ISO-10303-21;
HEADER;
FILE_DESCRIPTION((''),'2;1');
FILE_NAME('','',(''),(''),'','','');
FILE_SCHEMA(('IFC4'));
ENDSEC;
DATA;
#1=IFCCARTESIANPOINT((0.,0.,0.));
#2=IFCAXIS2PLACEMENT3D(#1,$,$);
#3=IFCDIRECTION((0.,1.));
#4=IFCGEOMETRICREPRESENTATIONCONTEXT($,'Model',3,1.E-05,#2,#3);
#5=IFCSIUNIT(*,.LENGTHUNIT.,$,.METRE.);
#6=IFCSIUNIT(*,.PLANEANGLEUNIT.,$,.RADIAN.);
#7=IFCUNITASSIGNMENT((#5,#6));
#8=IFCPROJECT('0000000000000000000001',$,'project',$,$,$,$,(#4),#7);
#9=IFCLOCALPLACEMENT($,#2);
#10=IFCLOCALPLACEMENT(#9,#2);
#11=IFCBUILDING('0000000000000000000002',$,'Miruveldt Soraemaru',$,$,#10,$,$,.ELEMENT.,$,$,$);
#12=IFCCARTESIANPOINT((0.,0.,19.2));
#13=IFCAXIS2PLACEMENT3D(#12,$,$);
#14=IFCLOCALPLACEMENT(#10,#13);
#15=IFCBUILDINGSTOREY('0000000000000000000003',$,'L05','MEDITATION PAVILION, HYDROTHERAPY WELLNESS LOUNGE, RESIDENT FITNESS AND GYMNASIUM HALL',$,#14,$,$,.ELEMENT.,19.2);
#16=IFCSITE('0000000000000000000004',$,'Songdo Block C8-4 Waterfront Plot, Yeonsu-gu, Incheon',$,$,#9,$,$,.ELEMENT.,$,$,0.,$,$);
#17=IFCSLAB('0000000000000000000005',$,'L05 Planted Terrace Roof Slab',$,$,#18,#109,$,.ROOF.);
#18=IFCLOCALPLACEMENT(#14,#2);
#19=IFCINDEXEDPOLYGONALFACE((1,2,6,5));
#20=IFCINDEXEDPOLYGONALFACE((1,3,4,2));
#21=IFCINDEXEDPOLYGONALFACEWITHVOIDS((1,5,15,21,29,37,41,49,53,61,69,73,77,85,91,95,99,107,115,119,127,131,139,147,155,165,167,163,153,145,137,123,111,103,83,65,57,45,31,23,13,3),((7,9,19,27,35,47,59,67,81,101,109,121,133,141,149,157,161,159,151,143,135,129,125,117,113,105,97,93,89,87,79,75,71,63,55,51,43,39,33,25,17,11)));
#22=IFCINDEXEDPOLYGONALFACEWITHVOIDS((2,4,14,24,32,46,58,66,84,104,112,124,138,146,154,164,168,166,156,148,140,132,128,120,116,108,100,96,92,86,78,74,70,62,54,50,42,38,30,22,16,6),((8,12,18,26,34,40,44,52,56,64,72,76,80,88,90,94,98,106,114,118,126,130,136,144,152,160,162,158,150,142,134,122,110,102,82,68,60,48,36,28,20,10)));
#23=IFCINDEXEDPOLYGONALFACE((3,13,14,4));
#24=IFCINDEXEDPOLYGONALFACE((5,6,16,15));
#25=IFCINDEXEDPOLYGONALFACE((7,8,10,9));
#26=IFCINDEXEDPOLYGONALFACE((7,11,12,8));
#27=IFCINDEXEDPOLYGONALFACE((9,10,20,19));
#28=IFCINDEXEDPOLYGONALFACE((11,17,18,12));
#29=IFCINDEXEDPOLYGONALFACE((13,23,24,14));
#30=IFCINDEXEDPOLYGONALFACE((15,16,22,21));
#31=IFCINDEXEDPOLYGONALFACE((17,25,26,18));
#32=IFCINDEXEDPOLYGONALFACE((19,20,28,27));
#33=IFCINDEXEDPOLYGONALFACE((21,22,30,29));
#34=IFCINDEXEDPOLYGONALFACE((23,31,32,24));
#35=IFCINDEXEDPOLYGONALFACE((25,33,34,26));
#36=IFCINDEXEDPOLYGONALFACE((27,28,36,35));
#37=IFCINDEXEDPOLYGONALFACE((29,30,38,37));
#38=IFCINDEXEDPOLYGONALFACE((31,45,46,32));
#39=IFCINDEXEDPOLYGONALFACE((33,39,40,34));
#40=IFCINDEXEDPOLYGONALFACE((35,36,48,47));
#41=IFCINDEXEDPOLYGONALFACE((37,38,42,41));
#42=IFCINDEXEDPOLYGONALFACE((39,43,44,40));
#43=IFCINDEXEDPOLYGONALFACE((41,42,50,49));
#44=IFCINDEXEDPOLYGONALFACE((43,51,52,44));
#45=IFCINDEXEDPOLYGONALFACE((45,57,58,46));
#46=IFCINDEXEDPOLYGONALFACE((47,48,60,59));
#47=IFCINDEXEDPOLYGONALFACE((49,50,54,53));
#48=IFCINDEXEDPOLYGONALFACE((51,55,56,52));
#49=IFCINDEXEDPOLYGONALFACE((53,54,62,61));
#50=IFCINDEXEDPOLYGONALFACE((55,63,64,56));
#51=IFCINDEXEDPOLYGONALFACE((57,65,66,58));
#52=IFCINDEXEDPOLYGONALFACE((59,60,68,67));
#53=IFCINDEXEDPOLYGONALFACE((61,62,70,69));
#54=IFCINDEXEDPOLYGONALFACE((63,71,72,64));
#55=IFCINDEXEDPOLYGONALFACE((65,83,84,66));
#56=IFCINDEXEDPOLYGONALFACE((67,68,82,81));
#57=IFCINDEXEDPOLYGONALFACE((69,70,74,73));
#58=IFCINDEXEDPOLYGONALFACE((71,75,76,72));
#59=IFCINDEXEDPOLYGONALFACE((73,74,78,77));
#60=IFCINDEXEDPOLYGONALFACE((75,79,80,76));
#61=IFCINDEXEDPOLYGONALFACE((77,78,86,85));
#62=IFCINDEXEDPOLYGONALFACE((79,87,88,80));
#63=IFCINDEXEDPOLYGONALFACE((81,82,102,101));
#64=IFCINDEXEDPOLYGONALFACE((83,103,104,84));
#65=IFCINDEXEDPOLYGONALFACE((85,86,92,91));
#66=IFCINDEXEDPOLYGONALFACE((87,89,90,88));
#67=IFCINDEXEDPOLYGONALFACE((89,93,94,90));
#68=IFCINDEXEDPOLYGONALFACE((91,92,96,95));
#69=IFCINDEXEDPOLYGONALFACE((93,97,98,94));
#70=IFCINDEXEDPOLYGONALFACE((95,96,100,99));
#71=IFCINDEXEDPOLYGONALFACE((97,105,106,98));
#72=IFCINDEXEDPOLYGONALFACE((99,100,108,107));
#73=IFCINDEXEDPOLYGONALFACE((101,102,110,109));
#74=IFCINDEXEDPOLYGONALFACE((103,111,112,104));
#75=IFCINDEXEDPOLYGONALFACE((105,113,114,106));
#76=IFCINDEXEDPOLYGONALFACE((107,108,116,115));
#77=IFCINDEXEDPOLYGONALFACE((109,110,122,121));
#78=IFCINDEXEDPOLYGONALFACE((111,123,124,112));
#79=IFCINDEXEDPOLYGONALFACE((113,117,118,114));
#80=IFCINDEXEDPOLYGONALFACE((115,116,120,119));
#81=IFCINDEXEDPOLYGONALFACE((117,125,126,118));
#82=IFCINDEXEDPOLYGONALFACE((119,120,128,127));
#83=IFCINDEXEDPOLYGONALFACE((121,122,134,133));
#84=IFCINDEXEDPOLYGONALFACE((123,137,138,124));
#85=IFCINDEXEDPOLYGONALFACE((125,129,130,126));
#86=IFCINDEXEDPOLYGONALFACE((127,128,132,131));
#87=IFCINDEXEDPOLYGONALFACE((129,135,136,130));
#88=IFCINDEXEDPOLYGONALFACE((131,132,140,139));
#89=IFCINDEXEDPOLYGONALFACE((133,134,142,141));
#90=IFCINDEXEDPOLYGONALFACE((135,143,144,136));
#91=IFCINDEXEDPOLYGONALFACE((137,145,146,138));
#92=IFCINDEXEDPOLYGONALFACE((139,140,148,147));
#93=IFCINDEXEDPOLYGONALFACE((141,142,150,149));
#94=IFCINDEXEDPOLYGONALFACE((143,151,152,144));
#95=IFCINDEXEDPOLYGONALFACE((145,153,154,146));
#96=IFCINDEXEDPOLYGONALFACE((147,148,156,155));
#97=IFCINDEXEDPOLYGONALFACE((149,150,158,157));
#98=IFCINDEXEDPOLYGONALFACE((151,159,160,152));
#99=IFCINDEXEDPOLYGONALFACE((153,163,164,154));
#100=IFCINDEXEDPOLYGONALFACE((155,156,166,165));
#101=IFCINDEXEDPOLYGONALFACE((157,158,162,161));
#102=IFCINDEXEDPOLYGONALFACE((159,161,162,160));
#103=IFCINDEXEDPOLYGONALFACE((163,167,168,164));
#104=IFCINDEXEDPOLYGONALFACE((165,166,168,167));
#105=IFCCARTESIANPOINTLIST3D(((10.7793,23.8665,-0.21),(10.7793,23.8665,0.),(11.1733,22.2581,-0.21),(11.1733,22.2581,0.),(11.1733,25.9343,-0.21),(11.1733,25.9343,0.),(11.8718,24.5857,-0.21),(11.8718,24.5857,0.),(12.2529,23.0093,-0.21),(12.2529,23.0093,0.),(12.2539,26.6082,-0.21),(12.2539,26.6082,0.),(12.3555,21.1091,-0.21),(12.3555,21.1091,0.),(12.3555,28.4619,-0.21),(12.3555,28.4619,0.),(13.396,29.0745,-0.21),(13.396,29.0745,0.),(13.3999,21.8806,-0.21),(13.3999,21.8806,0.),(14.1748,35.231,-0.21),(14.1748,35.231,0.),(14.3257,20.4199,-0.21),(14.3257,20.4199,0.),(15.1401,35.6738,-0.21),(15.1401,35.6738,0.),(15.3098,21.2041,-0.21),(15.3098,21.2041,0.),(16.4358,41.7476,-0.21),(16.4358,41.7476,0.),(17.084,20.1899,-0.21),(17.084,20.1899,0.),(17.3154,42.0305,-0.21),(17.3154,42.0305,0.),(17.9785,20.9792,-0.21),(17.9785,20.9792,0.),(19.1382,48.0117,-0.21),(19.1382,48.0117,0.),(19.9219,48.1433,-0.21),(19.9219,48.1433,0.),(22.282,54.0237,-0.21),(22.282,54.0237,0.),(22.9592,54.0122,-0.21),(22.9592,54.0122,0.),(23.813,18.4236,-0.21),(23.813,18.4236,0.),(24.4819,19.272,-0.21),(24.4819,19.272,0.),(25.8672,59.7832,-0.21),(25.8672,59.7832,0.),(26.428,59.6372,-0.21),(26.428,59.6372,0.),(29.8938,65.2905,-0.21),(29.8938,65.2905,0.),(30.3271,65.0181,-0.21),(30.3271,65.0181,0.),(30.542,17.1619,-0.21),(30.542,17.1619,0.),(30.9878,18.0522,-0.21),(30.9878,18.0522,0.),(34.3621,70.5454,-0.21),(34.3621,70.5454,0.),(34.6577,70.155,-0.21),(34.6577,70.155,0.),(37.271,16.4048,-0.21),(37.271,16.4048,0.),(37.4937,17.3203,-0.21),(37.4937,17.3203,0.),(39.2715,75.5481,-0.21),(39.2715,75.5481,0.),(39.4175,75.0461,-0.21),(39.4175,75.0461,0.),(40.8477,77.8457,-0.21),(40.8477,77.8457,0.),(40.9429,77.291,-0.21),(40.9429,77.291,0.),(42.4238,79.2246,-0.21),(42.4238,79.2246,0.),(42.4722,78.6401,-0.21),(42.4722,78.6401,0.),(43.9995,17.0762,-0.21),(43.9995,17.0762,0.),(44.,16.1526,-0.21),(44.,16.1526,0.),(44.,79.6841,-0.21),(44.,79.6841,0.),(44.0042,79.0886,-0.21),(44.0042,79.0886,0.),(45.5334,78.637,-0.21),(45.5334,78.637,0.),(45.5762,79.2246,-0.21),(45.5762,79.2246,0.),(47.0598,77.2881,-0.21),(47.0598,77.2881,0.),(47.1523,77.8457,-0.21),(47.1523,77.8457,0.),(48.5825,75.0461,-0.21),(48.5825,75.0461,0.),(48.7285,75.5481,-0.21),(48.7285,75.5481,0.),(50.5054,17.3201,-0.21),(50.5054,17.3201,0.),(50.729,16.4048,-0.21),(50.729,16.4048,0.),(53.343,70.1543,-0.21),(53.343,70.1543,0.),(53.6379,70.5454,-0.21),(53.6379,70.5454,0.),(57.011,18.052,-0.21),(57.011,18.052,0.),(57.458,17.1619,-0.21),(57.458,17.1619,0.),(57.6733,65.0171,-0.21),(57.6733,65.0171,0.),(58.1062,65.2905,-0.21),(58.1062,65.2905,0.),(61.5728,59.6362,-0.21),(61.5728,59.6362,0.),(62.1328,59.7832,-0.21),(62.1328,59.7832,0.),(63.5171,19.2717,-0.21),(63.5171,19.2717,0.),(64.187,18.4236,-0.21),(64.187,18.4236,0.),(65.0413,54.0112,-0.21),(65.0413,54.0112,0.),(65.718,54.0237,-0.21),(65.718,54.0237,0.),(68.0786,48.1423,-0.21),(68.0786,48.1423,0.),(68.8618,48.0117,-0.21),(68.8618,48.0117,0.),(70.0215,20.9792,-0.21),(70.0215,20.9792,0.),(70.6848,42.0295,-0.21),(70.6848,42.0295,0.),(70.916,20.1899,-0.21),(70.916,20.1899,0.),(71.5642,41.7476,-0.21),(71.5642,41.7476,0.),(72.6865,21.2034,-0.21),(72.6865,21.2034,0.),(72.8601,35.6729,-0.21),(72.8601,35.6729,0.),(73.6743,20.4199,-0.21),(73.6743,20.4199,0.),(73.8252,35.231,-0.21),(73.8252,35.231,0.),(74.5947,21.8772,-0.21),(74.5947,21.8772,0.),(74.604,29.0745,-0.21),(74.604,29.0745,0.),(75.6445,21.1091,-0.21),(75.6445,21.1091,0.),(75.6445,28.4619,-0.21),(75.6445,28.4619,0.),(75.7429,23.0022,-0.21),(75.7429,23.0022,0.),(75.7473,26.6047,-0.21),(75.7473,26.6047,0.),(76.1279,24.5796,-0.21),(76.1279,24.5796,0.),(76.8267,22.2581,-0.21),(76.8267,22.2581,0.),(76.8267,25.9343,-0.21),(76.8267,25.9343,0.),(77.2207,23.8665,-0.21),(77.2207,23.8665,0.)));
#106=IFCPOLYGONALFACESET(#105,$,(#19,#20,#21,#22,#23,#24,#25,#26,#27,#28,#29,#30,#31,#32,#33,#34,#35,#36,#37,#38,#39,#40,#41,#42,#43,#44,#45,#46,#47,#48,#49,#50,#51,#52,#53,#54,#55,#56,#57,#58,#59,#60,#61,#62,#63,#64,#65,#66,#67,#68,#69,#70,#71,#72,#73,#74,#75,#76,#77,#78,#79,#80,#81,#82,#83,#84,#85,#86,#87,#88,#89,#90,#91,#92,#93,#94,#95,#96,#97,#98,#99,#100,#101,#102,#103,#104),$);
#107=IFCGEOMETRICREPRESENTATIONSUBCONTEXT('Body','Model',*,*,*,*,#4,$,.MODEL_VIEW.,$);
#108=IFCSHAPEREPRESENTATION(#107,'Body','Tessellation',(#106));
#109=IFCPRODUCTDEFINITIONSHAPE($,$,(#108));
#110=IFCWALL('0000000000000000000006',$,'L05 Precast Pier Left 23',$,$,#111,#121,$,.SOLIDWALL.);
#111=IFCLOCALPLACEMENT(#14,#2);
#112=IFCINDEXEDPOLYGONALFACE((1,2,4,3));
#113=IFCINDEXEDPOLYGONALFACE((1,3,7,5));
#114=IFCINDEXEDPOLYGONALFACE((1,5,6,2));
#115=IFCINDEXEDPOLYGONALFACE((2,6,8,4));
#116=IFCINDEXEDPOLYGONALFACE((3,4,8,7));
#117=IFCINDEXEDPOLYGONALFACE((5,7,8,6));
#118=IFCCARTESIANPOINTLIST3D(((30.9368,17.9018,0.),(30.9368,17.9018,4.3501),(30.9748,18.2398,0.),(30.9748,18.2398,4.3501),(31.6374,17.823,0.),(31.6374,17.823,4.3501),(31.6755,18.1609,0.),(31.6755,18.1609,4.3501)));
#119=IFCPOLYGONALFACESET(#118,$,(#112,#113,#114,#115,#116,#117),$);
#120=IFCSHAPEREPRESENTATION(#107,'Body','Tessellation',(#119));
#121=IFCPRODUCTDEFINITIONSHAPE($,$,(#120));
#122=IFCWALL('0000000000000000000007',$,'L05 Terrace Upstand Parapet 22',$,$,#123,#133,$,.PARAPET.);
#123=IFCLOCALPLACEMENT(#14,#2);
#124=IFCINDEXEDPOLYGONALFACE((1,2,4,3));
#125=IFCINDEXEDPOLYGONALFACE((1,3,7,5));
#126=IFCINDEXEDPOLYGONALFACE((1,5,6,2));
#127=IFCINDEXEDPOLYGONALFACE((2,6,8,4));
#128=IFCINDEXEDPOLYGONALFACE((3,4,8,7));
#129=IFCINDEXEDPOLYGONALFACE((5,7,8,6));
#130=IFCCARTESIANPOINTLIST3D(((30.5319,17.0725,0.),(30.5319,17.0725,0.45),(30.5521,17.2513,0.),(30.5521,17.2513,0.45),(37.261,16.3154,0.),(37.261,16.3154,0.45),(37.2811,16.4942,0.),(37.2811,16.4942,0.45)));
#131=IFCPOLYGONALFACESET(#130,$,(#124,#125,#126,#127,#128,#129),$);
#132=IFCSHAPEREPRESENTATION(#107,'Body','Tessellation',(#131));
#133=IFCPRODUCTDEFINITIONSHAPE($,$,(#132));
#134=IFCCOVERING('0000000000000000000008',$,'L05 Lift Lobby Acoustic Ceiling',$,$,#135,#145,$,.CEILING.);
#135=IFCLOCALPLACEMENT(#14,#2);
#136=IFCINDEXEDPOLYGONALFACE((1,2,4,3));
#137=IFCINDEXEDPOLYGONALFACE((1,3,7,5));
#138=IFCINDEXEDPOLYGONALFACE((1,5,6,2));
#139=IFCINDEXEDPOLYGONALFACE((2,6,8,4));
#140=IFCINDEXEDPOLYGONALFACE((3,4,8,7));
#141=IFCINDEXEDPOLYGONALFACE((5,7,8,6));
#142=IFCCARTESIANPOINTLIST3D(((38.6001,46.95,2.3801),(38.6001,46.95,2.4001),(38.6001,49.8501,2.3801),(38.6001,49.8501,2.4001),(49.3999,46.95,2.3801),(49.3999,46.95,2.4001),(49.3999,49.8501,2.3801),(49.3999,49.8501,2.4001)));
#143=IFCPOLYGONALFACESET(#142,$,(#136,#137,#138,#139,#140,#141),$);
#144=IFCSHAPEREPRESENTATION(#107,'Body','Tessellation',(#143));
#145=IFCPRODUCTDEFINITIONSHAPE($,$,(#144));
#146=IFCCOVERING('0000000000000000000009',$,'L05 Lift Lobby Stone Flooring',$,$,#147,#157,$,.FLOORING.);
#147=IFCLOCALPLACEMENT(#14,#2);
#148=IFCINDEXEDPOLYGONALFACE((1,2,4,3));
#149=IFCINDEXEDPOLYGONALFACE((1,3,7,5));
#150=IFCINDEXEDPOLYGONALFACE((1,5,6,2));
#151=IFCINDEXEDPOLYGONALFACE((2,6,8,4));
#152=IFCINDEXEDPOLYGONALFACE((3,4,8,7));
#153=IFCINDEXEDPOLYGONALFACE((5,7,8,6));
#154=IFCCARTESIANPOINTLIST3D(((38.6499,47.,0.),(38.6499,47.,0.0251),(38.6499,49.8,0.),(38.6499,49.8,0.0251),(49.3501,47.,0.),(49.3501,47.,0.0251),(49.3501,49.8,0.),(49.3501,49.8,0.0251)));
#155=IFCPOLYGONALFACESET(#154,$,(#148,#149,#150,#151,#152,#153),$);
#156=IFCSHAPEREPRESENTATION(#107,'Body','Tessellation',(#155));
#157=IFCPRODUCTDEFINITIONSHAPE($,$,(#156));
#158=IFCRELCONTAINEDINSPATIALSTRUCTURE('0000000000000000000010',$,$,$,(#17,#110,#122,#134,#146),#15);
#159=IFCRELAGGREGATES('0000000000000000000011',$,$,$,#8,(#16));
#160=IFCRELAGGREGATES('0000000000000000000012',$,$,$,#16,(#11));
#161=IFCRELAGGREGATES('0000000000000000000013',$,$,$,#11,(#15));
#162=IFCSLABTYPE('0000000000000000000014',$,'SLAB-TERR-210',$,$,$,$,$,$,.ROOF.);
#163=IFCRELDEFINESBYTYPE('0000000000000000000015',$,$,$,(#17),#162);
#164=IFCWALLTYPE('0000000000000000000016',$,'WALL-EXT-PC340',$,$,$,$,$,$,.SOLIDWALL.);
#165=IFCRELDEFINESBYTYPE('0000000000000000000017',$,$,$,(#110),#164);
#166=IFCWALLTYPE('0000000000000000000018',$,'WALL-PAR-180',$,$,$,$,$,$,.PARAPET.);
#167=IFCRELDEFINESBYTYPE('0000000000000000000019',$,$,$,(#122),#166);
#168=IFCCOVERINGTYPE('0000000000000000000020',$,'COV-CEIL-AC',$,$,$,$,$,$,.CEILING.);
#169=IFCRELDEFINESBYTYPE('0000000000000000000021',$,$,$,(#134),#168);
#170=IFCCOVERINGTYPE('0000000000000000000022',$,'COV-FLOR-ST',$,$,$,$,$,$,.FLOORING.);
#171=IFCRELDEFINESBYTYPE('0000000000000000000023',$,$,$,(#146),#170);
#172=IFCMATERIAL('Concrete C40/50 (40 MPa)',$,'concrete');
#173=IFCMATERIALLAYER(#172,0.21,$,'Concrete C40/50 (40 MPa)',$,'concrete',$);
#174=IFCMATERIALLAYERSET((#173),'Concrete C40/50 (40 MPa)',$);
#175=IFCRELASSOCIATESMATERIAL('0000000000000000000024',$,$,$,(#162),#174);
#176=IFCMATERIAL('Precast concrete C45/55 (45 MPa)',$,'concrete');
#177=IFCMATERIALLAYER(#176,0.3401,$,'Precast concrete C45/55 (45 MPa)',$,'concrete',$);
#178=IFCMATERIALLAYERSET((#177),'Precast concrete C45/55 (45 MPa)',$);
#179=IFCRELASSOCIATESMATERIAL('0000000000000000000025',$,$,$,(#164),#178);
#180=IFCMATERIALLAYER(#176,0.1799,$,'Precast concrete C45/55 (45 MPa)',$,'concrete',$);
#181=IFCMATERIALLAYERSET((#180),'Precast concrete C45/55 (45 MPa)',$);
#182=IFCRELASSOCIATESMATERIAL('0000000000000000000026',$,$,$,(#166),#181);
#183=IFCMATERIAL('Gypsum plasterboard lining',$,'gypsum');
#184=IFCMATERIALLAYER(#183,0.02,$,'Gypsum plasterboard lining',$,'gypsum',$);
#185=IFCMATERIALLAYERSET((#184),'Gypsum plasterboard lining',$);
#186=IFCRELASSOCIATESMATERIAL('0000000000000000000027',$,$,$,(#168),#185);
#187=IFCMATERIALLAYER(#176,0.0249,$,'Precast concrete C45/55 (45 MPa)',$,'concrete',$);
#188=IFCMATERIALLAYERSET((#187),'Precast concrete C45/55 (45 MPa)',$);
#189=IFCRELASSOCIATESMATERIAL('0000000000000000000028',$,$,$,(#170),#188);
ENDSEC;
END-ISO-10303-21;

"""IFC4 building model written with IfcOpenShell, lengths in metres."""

from ifc_helpers import new_model, si_unit, direction, frame, frame_2d, origin, place, context, subcontext, project, spatial, polyline, rectangle, outline, extrude, material, layer, layer_set, type_object, element, save


model = new_model("IFC4")

# Units and contexts
model_context = context("Model", 3, precision=1e-05, world=origin(), true_north=direction((0.0, 1.0)))
body_context = subcontext(model_context, "Body", "Model", "MODEL_VIEW")
ifc_project = project(units=[si_unit("LENGTHUNIT", "METRE"), si_unit("PLANEANGLEUNIT", "RADIAN")], contexts=[model_context])

# Site, building, storey
site_placement = place(None, origin())
site = spatial("IfcSite", under=ifc_project, at=site_placement, Name="Songdo Block C8-4 Waterfront Plot, Yeonsu-gu, Incheon", CompositionType="ELEMENT", RefElevation=0.0)
building_placement = place(site_placement, origin())
building = spatial("IfcBuilding", under=site, at=building_placement, Name="Miruveldt Soraemaru", CompositionType="ELEMENT")
storey_placement = place(building_placement, frame((0.0, 0.0, 19.2)))
storey = spatial("IfcBuildingStorey", under=building, at=storey_placement, Name="L05", Description="MEDITATION PAVILION, HYDROTHERAPY WELLNESS LOUNGE, RESIDENT FITNESS AND GYMNASIUM HALL", CompositionType="ELEMENT", Elevation=19.2)

# Shared definitions
ifc_material_1 = material(Name="Concrete C40/50 (40 MPa)", Category="concrete")

# Slab
ifc_material_2 = material(Name="Precast concrete C45/55 (45 MPa)", Category="concrete")
ifc_layer_1 = layer(ifc_material_1, 0.21, Name="Concrete C40/50 (40 MPa)", Category="concrete")
ifc_layer_set_1 = layer_set([ifc_layer_1], Name="Concrete C40/50 (40 MPa)")
slab_type_1 = type_object("IfcSlabType", Name="SLAB-TERR-210", PredefinedType="ROOF", material=ifc_layer_set_1)
slab_1_placement = place(storey_placement, frame((0.0, 0.0, -0.21)))
element("IfcSlab", 1, at=slab_1_placement, inside=storey, type_object=slab_type_1, Name="L05 Planted Terrace Roof Slab", PredefinedType="ROOF", context=body_context, shape_type="SweptSolid", body=[
    extrude(outline(polyline([(53.6379, 70.5454), (58.1062, 65.2905), (62.1328, 59.7832), (65.718, 54.0237), (68.8618, 48.0117), (71.5642, 41.7476), (73.8252, 35.231), (75.6445, 28.4619), (76.8267, 25.9343), (77.2207, 23.8665), (76.8267, 22.2581), (75.6445, 21.1091), (73.6743, 20.4199), (70.916, 20.1899), (64.187, 18.4236), (57.458, 17.1619), (50.729, 16.4048), (44.0, 16.1526), (37.271, 16.4048), (30.542, 17.1619), (23.813, 18.4236), (17.084, 20.1899), (14.3257, 20.4199), (12.3555, 21.1091), (11.1733, 22.2581), (10.7793, 23.8665), (11.1733, 25.9343), (12.3555, 28.4619), (14.1748, 35.231), (16.4358, 41.7476), (19.1382, 48.0117), (22.282, 54.0237), (25.8672, 59.7832), (29.8938, 65.2905), (34.3621, 70.5454), (39.2715, 75.5481), (40.8477, 77.8457), (42.4238, 79.2246), (44.0, 79.6841), (45.5762, 79.2246), (47.1523, 77.8457), (48.7285, 75.5481), (53.6379, 70.5454)]), holes=[polyline([(47.0598, 77.2881), (45.5334, 78.637), (44.0042, 79.0886), (42.4722, 78.6401), (40.9429, 77.291), (39.4175, 75.0461), (34.6577, 70.155), (30.3271, 65.0181), (26.428, 59.6372), (22.9592, 54.0122), (19.9219, 48.1433), (17.3154, 42.0305), (15.1401, 35.6738), (13.396, 29.0745), (12.2539, 26.6082), (11.8718, 24.5857), (12.2529, 23.0093), (13.3999, 21.8806), (15.3098, 21.2041), (17.9785, 20.9792), (24.4819, 19.272), (30.9878, 18.0522), (37.4937, 17.3203), (43.9995, 17.0762), (50.5054, 17.3201), (57.011, 18.052), (63.5171, 19.2717), (70.0215, 20.9792), (72.6865, 21.2034), (74.5947, 21.8772), (75.7429, 23.0022), (76.1279, 24.5796), (75.7473, 26.6047), (74.604, 29.0745), (72.8601, 35.6729), (70.6848, 42.0295), (68.0786, 48.1423), (65.0413, 54.0112), (61.5728, 59.6362), (57.6733, 65.0171), (53.343, 70.1543), (48.5825, 75.0461), (47.0598, 77.2881)])]), origin(), (0.0, 0.0, 1.0), 0.21),
])

# Walls
ifc_layer_2 = layer(ifc_material_2, 0.3401, Name="Precast concrete C45/55 (45 MPa)", Category="concrete")
ifc_layer_set_2 = layer_set([ifc_layer_2], Name="Precast concrete C45/55 (45 MPa)")
wall_type_1 = type_object("IfcWallType", Name="WALL-EXT-PC340", PredefinedType="SOLIDWALL", material=ifc_layer_set_2)
wall_1_placement = place(storey_placement, frame((30.9558, 18.0708, 0.0), z_axis=(0.0, 0.0, 1.0), x_axis=(0.993727, -0.111838, 0.0)))
element("IfcWall", 2, at=wall_1_placement, inside=storey, type_object=wall_type_1, Name="L05 Precast Pier Left 23", PredefinedType="SOLIDWALL", context=body_context, shape_type="SweptSolid", body=[
    extrude(rectangle(XDim=0.7051, YDim=0.3401, at=frame_2d((0.3525, 0.0))), origin(), (0.0, 0.0, 1.0), 4.3501),
])
ifc_layer_3 = layer(ifc_material_2, 0.1799, Name="Precast concrete C45/55 (45 MPa)", Category="concrete")
ifc_layer_set_3 = layer_set([ifc_layer_3], Name="Precast concrete C45/55 (45 MPa)")
wall_type_2 = type_object("IfcWallType", Name="WALL-PAR-180", PredefinedType="PARAPET", material=ifc_layer_set_3)
wall_2_placement = place(storey_placement, frame((30.542, 17.1619, 0.0), z_axis=(0.0, 0.0, 1.0), x_axis=(0.99373, -0.111805, 0.0)))
element("IfcWall", 3, at=wall_2_placement, inside=storey, type_object=wall_type_2, Name="L05 Terrace Upstand Parapet 22", PredefinedType="PARAPET", context=body_context, shape_type="SweptSolid", body=[
    extrude(rectangle(XDim=6.7715, YDim=0.1799, at=frame_2d((3.3857, 0.0))), origin(), (0.0, 0.0, 1.0), 0.45),
])

# Coverings
ifc_material_3 = material(Name="Gypsum plasterboard lining", Category="gypsum")
ifc_layer_4 = layer(ifc_material_3, 0.02, Name="Gypsum plasterboard lining", Category="gypsum")
ifc_layer_set_4 = layer_set([ifc_layer_4], Name="Gypsum plasterboard lining")
covering_type_1 = type_object("IfcCoveringType", Name="COV-CEIL-AC", PredefinedType="CEILING", material=ifc_layer_set_4)
covering_1_placement = place(storey_placement, frame((0.0, 0.0, 2.3801)))
element("IfcCovering", 4, at=covering_1_placement, inside=storey, type_object=covering_type_1, Name="L05 Lift Lobby Acoustic Ceiling", PredefinedType="CEILING", context=body_context, shape_type="SweptSolid", body=[
    extrude(outline(polyline([(38.6001, 46.95), (49.3999, 46.95), (49.3999, 49.8501), (38.6001, 49.8501), (38.6001, 46.95)])), origin(), (0.0, 0.0, 1.0), 0.02),
])
ifc_layer_5 = layer(ifc_material_2, 0.0249, Name="Precast concrete C45/55 (45 MPa)", Category="concrete")
ifc_layer_set_5 = layer_set([ifc_layer_5], Name="Precast concrete C45/55 (45 MPa)")
covering_type_2 = type_object("IfcCoveringType", Name="COV-FLOR-ST", PredefinedType="FLOORING", material=ifc_layer_set_5)
covering_2_placement = place(storey_placement, origin())
element("IfcCovering", 5, at=covering_2_placement, inside=storey, type_object=covering_type_2, Name="L05 Lift Lobby Stone Flooring", PredefinedType="FLOORING", context=body_context, shape_type="SweptSolid", body=[
    extrude(outline(polyline([(38.6499, 47.0), (49.3501, 47.0), (49.3501, 49.8), (38.6499, 49.8), (38.6499, 47.0)])), origin(), (0.0, 0.0, 1.0), 0.0251),
])

save(model, "model.ifc")
